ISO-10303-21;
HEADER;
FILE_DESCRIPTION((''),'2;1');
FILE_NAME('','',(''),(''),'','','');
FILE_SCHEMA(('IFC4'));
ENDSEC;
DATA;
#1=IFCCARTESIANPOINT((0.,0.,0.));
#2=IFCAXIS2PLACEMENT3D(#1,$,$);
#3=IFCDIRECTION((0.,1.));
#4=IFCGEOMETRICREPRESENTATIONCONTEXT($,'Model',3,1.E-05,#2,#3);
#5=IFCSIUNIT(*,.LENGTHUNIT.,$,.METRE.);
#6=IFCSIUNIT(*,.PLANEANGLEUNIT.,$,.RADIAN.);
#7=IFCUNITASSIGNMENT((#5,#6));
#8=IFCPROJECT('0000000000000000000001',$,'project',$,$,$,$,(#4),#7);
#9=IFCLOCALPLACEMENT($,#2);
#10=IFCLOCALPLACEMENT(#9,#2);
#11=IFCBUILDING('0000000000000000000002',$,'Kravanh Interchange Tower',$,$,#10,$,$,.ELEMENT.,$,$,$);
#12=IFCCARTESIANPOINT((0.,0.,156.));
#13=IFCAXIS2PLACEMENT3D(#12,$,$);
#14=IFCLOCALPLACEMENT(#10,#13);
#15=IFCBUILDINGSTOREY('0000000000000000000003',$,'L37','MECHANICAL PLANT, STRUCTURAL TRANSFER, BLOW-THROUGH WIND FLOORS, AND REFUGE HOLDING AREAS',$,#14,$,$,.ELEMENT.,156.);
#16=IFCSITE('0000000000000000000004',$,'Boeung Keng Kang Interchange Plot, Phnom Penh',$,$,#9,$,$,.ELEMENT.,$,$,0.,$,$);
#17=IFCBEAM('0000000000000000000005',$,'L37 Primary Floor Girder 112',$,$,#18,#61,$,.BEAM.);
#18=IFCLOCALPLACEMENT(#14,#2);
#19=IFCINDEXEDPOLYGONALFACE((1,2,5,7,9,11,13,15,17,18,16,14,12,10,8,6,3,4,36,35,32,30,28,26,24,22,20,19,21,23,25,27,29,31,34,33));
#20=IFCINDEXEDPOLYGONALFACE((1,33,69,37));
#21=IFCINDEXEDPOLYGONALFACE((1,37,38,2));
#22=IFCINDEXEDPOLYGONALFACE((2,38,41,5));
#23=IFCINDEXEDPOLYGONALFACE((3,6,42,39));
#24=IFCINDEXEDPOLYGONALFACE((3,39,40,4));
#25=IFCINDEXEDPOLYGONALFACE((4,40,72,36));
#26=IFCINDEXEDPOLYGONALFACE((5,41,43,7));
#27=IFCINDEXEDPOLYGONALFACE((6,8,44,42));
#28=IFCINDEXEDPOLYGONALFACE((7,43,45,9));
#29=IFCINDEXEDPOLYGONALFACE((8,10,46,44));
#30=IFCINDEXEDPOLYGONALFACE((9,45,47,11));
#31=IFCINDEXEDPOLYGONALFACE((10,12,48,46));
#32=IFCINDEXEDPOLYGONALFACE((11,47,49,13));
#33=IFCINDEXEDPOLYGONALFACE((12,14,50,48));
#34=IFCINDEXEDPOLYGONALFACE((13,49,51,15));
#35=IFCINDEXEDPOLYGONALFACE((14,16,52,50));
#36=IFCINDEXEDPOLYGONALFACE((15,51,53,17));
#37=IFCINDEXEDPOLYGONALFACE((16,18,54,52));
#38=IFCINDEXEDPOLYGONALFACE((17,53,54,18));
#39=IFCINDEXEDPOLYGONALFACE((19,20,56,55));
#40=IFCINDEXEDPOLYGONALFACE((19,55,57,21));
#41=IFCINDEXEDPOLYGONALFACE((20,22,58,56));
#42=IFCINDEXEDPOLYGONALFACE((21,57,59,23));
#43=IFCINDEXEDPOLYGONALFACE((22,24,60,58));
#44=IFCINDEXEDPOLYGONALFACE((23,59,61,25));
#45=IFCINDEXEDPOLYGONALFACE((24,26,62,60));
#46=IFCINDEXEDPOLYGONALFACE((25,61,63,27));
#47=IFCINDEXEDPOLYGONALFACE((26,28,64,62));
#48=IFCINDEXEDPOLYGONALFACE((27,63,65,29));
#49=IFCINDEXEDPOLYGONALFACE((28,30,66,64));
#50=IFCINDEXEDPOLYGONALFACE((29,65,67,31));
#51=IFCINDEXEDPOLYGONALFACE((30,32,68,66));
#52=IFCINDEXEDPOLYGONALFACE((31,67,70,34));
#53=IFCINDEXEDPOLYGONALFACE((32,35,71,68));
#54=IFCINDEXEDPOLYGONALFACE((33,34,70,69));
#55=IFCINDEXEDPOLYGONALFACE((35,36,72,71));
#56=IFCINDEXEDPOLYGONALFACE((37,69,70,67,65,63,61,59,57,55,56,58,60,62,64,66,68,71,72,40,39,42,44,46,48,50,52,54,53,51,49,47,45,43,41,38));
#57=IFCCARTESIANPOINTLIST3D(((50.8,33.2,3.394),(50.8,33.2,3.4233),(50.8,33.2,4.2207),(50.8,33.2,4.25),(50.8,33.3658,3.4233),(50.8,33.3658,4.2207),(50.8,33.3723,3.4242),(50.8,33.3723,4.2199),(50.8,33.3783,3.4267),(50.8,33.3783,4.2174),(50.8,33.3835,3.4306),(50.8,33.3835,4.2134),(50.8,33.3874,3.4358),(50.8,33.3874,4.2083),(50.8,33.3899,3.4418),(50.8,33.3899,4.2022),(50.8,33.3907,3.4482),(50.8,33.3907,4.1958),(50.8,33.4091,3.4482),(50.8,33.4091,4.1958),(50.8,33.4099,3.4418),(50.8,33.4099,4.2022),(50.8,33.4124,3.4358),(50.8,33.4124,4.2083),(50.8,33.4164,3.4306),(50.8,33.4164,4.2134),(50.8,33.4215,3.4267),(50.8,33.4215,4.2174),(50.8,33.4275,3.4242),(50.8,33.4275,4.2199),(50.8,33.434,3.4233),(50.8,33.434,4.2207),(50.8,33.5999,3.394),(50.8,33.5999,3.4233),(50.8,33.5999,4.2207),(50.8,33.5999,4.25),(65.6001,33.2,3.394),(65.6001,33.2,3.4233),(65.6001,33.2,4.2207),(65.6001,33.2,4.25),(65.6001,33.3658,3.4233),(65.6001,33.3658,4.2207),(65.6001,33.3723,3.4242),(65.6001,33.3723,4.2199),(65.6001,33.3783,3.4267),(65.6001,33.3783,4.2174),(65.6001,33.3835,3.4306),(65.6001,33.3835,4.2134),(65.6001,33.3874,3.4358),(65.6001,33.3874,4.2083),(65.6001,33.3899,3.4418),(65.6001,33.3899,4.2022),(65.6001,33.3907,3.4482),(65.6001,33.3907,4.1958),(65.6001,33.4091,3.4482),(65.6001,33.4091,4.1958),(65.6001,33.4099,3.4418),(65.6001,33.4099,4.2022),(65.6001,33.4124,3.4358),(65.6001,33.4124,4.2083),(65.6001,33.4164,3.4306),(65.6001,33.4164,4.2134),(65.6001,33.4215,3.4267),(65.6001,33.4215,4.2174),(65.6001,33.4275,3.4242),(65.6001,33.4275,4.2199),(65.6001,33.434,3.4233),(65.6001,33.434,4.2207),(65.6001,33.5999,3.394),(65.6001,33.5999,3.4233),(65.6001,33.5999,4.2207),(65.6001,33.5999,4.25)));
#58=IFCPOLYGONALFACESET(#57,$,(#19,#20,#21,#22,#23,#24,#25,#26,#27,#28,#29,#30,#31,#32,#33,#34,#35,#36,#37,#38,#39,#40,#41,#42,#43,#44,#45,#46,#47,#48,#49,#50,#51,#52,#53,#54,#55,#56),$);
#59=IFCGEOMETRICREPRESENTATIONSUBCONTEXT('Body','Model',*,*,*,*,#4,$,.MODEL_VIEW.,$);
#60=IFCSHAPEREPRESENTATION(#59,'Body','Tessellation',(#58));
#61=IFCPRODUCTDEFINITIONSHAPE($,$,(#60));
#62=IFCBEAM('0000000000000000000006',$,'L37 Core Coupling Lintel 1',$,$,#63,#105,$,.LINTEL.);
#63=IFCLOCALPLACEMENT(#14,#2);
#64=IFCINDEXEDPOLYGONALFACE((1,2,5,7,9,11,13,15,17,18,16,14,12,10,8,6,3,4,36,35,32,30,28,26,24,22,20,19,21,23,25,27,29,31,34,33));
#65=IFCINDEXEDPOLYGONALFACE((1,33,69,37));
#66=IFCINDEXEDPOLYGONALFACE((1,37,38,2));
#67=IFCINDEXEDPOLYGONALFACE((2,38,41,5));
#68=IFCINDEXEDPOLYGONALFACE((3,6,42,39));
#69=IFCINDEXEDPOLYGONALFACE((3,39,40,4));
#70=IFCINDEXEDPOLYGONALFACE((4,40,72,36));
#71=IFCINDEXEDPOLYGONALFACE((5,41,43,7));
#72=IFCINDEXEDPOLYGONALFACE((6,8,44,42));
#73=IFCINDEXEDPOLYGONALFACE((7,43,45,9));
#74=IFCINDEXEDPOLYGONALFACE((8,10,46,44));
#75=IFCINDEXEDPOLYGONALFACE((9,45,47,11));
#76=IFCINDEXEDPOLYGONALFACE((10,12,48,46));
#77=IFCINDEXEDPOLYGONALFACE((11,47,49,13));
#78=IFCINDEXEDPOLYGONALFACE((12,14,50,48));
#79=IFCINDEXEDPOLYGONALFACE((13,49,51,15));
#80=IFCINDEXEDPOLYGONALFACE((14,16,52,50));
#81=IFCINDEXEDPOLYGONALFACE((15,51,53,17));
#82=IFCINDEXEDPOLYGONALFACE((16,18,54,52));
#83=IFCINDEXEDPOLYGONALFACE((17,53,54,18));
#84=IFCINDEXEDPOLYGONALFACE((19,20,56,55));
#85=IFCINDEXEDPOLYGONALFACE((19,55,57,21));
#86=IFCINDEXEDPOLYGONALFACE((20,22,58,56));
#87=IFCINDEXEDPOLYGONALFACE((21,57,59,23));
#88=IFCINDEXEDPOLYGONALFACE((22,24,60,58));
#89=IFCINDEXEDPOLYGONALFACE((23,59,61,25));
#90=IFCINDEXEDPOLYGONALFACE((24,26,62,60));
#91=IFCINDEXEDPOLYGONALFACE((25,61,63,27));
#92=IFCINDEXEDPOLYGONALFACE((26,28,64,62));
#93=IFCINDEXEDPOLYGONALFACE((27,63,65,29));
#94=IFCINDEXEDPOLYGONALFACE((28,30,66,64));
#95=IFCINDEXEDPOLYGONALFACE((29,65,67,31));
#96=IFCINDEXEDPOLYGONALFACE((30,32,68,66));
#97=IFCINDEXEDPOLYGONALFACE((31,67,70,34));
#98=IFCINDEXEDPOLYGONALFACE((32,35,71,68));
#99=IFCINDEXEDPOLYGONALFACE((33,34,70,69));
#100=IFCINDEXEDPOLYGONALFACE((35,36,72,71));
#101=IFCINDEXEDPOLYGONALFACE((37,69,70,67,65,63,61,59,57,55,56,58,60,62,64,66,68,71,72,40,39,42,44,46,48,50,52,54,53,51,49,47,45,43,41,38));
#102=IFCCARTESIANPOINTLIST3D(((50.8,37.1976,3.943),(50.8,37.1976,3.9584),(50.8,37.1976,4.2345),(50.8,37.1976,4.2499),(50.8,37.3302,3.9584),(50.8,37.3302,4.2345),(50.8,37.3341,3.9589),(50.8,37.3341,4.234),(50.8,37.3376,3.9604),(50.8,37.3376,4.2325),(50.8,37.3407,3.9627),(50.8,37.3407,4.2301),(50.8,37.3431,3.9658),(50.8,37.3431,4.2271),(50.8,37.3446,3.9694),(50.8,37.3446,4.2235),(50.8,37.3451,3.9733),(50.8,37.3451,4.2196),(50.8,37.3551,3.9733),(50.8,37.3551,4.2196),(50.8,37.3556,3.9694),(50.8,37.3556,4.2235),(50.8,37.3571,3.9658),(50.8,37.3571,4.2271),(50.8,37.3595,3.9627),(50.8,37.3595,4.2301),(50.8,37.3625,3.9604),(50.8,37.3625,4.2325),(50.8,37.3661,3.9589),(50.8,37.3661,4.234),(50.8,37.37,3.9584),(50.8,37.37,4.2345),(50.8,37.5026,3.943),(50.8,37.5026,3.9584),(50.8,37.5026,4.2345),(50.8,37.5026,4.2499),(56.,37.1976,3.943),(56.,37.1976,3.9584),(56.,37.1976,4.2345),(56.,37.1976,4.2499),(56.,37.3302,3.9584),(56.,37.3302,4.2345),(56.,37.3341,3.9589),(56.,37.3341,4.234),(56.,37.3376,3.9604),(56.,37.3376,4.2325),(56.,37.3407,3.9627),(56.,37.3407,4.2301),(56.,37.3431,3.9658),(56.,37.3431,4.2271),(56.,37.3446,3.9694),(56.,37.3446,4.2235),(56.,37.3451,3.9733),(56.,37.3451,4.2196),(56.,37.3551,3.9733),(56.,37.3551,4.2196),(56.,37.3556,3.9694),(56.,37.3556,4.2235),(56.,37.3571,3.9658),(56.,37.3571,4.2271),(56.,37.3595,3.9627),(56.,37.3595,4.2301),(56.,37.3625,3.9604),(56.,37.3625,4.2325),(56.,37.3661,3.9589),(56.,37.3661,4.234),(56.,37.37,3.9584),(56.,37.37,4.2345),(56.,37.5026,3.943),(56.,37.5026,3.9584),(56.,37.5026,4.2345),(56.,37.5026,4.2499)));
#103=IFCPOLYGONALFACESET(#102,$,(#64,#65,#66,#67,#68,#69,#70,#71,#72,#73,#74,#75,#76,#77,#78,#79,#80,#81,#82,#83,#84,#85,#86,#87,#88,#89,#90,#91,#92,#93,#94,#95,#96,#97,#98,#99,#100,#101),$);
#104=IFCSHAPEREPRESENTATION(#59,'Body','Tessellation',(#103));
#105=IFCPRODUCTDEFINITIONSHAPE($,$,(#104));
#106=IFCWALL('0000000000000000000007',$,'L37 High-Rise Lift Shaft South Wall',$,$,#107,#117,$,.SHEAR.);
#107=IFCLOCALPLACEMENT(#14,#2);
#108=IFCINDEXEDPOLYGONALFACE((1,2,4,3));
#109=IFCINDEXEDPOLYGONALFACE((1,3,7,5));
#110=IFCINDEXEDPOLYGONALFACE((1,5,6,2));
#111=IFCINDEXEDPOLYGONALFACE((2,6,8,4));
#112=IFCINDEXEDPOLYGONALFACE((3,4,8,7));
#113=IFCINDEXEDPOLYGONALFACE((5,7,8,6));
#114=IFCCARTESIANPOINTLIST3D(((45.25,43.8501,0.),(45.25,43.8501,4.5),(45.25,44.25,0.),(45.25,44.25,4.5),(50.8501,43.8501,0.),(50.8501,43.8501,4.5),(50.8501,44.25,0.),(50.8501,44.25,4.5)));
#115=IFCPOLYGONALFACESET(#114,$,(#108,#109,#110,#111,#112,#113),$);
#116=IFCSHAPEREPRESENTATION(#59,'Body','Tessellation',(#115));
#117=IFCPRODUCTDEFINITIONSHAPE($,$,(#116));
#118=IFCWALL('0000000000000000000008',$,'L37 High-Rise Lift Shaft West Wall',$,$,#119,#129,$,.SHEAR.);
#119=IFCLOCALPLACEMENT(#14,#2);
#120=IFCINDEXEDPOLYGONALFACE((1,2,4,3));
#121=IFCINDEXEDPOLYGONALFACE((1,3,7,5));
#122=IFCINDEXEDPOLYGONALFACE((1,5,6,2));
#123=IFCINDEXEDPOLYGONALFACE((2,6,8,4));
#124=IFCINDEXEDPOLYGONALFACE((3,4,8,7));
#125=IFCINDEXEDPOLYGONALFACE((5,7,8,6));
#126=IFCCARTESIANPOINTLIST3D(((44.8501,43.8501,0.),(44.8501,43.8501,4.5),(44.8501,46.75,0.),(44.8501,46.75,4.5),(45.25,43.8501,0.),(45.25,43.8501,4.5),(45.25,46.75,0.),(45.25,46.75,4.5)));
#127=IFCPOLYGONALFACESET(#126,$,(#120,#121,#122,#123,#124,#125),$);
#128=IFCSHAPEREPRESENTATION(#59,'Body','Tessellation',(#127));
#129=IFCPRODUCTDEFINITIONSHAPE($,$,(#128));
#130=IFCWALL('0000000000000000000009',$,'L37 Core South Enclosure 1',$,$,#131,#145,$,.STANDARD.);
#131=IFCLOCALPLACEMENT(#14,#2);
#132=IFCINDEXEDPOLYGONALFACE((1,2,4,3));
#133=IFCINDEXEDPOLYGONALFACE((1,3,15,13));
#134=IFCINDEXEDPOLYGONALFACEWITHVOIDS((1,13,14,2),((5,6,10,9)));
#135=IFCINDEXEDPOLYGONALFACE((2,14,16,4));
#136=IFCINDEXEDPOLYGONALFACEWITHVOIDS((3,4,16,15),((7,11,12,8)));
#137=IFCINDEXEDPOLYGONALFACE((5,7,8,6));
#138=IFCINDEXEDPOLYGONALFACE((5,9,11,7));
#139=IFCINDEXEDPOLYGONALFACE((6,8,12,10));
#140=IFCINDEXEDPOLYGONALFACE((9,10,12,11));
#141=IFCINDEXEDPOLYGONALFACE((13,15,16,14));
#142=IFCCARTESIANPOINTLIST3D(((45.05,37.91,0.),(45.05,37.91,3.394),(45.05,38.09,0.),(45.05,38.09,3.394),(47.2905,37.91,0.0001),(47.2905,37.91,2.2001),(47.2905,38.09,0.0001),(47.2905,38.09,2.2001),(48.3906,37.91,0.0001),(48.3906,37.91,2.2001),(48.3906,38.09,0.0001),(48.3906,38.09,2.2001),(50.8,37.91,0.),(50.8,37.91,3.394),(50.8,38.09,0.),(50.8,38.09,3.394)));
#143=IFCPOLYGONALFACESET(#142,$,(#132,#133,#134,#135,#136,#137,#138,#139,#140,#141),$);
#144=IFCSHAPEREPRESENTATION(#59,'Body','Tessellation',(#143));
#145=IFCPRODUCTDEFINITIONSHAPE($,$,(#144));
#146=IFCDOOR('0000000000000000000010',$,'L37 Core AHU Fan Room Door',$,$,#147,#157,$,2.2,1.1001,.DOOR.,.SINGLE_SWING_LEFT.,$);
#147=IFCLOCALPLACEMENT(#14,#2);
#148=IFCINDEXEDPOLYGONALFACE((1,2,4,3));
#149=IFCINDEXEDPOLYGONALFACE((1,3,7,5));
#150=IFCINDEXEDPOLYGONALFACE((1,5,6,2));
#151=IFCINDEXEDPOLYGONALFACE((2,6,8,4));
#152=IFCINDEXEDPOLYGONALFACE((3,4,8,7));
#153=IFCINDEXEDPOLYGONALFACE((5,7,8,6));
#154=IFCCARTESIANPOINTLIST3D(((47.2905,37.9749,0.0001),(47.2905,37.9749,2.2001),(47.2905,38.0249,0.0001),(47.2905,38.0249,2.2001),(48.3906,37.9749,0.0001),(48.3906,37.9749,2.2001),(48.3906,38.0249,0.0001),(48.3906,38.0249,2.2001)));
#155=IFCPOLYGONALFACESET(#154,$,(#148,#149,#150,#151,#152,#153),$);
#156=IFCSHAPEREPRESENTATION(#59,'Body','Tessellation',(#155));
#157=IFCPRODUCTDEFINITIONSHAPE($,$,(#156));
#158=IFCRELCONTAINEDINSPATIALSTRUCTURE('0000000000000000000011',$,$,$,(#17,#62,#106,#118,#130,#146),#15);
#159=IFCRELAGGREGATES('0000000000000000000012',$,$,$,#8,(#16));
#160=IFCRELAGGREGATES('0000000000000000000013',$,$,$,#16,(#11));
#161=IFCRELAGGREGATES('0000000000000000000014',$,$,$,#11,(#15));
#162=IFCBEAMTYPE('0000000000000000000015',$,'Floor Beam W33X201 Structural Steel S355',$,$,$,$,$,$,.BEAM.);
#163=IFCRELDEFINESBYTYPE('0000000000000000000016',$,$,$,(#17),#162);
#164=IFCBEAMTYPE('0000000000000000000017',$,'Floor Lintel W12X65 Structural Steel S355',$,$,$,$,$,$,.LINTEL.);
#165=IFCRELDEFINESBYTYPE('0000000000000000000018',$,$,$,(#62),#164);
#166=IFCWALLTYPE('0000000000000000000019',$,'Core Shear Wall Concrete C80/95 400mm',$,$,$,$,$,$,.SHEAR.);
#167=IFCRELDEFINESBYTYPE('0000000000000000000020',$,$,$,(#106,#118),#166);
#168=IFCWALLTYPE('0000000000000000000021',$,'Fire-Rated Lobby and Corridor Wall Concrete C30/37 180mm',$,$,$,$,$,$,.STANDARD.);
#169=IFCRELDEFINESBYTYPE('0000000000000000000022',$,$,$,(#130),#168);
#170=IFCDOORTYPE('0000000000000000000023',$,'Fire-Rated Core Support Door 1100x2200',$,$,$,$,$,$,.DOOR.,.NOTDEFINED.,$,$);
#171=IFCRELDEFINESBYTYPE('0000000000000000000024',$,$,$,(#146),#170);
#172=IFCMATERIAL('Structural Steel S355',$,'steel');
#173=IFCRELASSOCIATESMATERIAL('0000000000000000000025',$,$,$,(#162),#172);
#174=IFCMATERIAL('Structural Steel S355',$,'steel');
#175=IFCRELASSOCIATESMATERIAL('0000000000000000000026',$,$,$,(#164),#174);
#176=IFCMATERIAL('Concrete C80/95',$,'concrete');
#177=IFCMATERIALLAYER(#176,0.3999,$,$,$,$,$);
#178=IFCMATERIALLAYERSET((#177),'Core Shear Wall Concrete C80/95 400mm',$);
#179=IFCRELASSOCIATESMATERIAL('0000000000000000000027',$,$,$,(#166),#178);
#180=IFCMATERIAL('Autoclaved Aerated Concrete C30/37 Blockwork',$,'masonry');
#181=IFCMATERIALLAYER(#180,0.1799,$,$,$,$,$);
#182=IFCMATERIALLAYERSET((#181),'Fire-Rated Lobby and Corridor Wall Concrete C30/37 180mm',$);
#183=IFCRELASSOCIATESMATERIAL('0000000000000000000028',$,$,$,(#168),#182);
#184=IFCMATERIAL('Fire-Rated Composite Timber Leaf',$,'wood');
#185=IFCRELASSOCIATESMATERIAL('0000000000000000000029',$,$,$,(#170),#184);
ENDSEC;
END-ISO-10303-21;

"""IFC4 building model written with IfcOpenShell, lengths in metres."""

from ifc_helpers import new_model, si_unit, direction, frame, frame_2d, origin, origin_2d, place, context, subcontext, project, spatial, rectangle, i_section, extrude, material, layer, layer_set, material_profile, profile_set, type_object, element, fill, save


model = new_model("IFC4")

# Units and contexts
model_context = context("Model", 3, precision=1e-05, world=origin(), true_north=direction((0.0, 1.0)))
body_context = subcontext(model_context, "Body", "Model", "MODEL_VIEW")
ifc_project = project(units=[si_unit("LENGTHUNIT", "METRE"), si_unit("PLANEANGLEUNIT", "RADIAN")], contexts=[model_context])

# Site, building, storey
site_placement = place(None, origin())
site = spatial("IfcSite", under=ifc_project, at=site_placement, Name="Boeung Keng Kang Interchange Plot, Phnom Penh", CompositionType="ELEMENT", RefElevation=0.0)
building_placement = place(site_placement, origin())
building = spatial("IfcBuilding", under=site, at=building_placement, Name="Kravanh Interchange Tower", CompositionType="ELEMENT")
storey_placement = place(building_placement, frame((0.0, 0.0, 156.0)))
storey = spatial("IfcBuildingStorey", under=building, at=storey_placement, Name="L37", Description="MECHANICAL PLANT, STRUCTURAL TRANSFER, BLOW-THROUGH WIND FLOORS, AND REFUGE HOLDING AREAS", CompositionType="ELEMENT", Elevation=156.0)

# Beams
ifc_material_1 = material(Name="Structural Steel S355", Category="steel")
ifc_material_profile_1 = material_profile(ifc_material_1, i_section(OverallWidth=0.3999, OverallDepth=0.856, WebThickness=0.0183, FlangeThickness=0.0293, FilletRadius=0.0249, at=origin_2d()), Name="W33X201")
ifc_profile_set_1 = profile_set([ifc_material_profile_1], Name="Structural Steel S355")
beam_type_1 = type_object("IfcBeamType", Name="Floor Beam W33X201 Structural Steel S355", PredefinedType="BEAM", material=ifc_profile_set_1)
beam_1_placement = place(storey_placement, frame((50.8, 33.3999, 3.822), z_axis=(1.0, 0.0, 0.0), x_axis=(0.0, 1.0, 0.0)))
element("IfcBeam", 1, at=beam_1_placement, inside=storey, type_object=beam_type_1, Name="L37 Primary Floor Girder 112", PredefinedType="BEAM", context=body_context, shape_type="SweptSolid", body=[
    extrude(i_section(OverallWidth=0.3999, OverallDepth=0.856, WebThickness=0.0183, FlangeThickness=0.0293, FilletRadius=0.0249, at=origin_2d()), origin(), (0.0, 0.0, 1.0), 14.8),
])
ifc_material_2 = material(Name="Structural Steel S355", Category="steel")
ifc_material_profile_2 = material_profile(ifc_material_2, i_section(OverallWidth=0.3049, OverallDepth=0.3069, WebThickness=0.01, FlangeThickness=0.0154, FilletRadius=0.0149, at=origin_2d()), Name="W12X65")
ifc_profile_set_2 = profile_set([ifc_material_profile_2], Name="Structural Steel S355")
beam_type_2 = type_object("IfcBeamType", Name="Floor Lintel W12X65 Structural Steel S355", PredefinedType="LINTEL", material=ifc_profile_set_2)
beam_2_placement = place(storey_placement, frame((50.8, 37.3501, 4.0964), z_axis=(1.0, 0.0, 0.0), x_axis=(0.0, 1.0, 0.0)))
element("IfcBeam", 2, at=beam_2_placement, inside=storey, type_object=beam_type_2, Name="L37 Core Coupling Lintel 1", PredefinedType="LINTEL", context=body_context, shape_type="SweptSolid", body=[
    extrude(i_section(OverallWidth=0.3049, OverallDepth=0.3069, WebThickness=0.01, FlangeThickness=0.0154, FilletRadius=0.0149, at=origin_2d()), origin(), (0.0, 0.0, 1.0), 5.2),
])

# Walls
ifc_material_3 = material(Name="Concrete C80/95", Category="concrete")
ifc_layer_1 = layer(ifc_material_3, 0.3999)
ifc_layer_set_1 = layer_set([ifc_layer_1], Name="Core Shear Wall Concrete C80/95 400mm")
wall_type_1 = type_object("IfcWallType", Name="Core Shear Wall Concrete C80/95 400mm", PredefinedType="SHEAR", material=ifc_layer_set_1)
wall_1_placement = place(storey_placement, frame((45.25, 44.05, 0.0), z_axis=(0.0, 0.0, 1.0), x_axis=(1.0, 0.0, 0.0)))
element("IfcWall", 3, at=wall_1_placement, inside=storey, type_object=wall_type_1, Name="L37 High-Rise Lift Shaft South Wall", PredefinedType="SHEAR", context=body_context, shape_type="SweptSolid", body=[
    extrude(rectangle(XDim=5.6001, YDim=0.3999, at=frame_2d((2.8, 0.0))), origin(), (0.0, 0.0, 1.0), 4.5),
])
wall_2_placement = place(storey_placement, frame((45.05, 43.8501, 0.0), z_axis=(0.0, 0.0, 1.0), x_axis=(0.0, 1.0, 0.0)))
element("IfcWall", 4, at=wall_2_placement, inside=storey, type_object=wall_type_1, Name="L37 High-Rise Lift Shaft West Wall", PredefinedType="SHEAR", context=body_context, shape_type="SweptSolid", body=[
    extrude(rectangle(XDim=2.8999, YDim=0.3999, at=frame_2d((1.45, 0.0))), origin(), (0.0, 0.0, 1.0), 4.5),
])

# Wall, opening, door
ifc_material_4 = material(Name="Autoclaved Aerated Concrete C30/37 Blockwork", Category="masonry")
ifc_layer_2 = layer(ifc_material_4, 0.1799)
ifc_layer_set_2 = layer_set([ifc_layer_2], Name="Fire-Rated Lobby and Corridor Wall Concrete C30/37 180mm")
wall_type_2 = type_object("IfcWallType", Name="Fire-Rated Lobby and Corridor Wall Concrete C30/37 180mm", PredefinedType="STANDARD", material=ifc_layer_set_2)
wall_3_placement = place(storey_placement, frame((45.05, 38.0, 0.0), z_axis=(0.0, 0.0, 1.0), x_axis=(1.0, 0.0, 0.0)))
wall_3 = element("IfcWall", 5, at=wall_3_placement, inside=storey, type_object=wall_type_2, Name="L37 Core South Enclosure 1", PredefinedType="STANDARD", context=body_context, shape_type="SweptSolid", body=[
    extrude(rectangle(XDim=5.75, YDim=0.1799, at=frame_2d((2.875, 0.0))), origin(), (0.0, 0.0, 1.0), 3.394),
])
opening_placement = place(wall_3_placement, frame((2.2405, 0.0, 0.0)))
opening = element("IfcOpeningElement", 6, at=opening_placement, cuts=wall_3, PredefinedType="OPENING", context=body_context, shape_type="SweptSolid", body=[
    extrude(rectangle(XDim=1.1001, YDim=2.2, at=frame_2d((0.55, 1.1001))), frame((0.0, 0.1001, 0.0), z_axis=(0.0, -1.0, 0.0), x_axis=(1.0, 0.0, 0.0)), (0.0, 0.0, 1.0), 0.2),
])
ifc_material_5 = material(Name="Fire-Rated Composite Timber Leaf", Category="wood")
door_type = type_object("IfcDoorType", Name="Fire-Rated Core Support Door 1100x2200", OperationType="NOTDEFINED", PredefinedType="DOOR", material=ifc_material_5)
door_placement = place(opening_placement, origin())
door = element("IfcDoor", 7, at=door_placement, inside=storey, type_object=door_type, Name="L37 Core AHU Fan Room Door", OperationType="SINGLE_SWING_LEFT", OverallHeight=2.2, OverallWidth=1.1001, PredefinedType="DOOR", context=body_context, shape_type="SweptSolid", body=[
    extrude(rectangle(XDim=1.1001, YDim=2.2, at=frame_2d((0.55, 1.1001))), frame((0.0, 0.0249, 0.0), z_axis=(0.0, -1.0, 0.0), x_axis=(1.0, 0.0, 0.0)), (0.0, 0.0, 1.0), 0.05),
])
fill(opening, door)

save(model, "model.ifc")
